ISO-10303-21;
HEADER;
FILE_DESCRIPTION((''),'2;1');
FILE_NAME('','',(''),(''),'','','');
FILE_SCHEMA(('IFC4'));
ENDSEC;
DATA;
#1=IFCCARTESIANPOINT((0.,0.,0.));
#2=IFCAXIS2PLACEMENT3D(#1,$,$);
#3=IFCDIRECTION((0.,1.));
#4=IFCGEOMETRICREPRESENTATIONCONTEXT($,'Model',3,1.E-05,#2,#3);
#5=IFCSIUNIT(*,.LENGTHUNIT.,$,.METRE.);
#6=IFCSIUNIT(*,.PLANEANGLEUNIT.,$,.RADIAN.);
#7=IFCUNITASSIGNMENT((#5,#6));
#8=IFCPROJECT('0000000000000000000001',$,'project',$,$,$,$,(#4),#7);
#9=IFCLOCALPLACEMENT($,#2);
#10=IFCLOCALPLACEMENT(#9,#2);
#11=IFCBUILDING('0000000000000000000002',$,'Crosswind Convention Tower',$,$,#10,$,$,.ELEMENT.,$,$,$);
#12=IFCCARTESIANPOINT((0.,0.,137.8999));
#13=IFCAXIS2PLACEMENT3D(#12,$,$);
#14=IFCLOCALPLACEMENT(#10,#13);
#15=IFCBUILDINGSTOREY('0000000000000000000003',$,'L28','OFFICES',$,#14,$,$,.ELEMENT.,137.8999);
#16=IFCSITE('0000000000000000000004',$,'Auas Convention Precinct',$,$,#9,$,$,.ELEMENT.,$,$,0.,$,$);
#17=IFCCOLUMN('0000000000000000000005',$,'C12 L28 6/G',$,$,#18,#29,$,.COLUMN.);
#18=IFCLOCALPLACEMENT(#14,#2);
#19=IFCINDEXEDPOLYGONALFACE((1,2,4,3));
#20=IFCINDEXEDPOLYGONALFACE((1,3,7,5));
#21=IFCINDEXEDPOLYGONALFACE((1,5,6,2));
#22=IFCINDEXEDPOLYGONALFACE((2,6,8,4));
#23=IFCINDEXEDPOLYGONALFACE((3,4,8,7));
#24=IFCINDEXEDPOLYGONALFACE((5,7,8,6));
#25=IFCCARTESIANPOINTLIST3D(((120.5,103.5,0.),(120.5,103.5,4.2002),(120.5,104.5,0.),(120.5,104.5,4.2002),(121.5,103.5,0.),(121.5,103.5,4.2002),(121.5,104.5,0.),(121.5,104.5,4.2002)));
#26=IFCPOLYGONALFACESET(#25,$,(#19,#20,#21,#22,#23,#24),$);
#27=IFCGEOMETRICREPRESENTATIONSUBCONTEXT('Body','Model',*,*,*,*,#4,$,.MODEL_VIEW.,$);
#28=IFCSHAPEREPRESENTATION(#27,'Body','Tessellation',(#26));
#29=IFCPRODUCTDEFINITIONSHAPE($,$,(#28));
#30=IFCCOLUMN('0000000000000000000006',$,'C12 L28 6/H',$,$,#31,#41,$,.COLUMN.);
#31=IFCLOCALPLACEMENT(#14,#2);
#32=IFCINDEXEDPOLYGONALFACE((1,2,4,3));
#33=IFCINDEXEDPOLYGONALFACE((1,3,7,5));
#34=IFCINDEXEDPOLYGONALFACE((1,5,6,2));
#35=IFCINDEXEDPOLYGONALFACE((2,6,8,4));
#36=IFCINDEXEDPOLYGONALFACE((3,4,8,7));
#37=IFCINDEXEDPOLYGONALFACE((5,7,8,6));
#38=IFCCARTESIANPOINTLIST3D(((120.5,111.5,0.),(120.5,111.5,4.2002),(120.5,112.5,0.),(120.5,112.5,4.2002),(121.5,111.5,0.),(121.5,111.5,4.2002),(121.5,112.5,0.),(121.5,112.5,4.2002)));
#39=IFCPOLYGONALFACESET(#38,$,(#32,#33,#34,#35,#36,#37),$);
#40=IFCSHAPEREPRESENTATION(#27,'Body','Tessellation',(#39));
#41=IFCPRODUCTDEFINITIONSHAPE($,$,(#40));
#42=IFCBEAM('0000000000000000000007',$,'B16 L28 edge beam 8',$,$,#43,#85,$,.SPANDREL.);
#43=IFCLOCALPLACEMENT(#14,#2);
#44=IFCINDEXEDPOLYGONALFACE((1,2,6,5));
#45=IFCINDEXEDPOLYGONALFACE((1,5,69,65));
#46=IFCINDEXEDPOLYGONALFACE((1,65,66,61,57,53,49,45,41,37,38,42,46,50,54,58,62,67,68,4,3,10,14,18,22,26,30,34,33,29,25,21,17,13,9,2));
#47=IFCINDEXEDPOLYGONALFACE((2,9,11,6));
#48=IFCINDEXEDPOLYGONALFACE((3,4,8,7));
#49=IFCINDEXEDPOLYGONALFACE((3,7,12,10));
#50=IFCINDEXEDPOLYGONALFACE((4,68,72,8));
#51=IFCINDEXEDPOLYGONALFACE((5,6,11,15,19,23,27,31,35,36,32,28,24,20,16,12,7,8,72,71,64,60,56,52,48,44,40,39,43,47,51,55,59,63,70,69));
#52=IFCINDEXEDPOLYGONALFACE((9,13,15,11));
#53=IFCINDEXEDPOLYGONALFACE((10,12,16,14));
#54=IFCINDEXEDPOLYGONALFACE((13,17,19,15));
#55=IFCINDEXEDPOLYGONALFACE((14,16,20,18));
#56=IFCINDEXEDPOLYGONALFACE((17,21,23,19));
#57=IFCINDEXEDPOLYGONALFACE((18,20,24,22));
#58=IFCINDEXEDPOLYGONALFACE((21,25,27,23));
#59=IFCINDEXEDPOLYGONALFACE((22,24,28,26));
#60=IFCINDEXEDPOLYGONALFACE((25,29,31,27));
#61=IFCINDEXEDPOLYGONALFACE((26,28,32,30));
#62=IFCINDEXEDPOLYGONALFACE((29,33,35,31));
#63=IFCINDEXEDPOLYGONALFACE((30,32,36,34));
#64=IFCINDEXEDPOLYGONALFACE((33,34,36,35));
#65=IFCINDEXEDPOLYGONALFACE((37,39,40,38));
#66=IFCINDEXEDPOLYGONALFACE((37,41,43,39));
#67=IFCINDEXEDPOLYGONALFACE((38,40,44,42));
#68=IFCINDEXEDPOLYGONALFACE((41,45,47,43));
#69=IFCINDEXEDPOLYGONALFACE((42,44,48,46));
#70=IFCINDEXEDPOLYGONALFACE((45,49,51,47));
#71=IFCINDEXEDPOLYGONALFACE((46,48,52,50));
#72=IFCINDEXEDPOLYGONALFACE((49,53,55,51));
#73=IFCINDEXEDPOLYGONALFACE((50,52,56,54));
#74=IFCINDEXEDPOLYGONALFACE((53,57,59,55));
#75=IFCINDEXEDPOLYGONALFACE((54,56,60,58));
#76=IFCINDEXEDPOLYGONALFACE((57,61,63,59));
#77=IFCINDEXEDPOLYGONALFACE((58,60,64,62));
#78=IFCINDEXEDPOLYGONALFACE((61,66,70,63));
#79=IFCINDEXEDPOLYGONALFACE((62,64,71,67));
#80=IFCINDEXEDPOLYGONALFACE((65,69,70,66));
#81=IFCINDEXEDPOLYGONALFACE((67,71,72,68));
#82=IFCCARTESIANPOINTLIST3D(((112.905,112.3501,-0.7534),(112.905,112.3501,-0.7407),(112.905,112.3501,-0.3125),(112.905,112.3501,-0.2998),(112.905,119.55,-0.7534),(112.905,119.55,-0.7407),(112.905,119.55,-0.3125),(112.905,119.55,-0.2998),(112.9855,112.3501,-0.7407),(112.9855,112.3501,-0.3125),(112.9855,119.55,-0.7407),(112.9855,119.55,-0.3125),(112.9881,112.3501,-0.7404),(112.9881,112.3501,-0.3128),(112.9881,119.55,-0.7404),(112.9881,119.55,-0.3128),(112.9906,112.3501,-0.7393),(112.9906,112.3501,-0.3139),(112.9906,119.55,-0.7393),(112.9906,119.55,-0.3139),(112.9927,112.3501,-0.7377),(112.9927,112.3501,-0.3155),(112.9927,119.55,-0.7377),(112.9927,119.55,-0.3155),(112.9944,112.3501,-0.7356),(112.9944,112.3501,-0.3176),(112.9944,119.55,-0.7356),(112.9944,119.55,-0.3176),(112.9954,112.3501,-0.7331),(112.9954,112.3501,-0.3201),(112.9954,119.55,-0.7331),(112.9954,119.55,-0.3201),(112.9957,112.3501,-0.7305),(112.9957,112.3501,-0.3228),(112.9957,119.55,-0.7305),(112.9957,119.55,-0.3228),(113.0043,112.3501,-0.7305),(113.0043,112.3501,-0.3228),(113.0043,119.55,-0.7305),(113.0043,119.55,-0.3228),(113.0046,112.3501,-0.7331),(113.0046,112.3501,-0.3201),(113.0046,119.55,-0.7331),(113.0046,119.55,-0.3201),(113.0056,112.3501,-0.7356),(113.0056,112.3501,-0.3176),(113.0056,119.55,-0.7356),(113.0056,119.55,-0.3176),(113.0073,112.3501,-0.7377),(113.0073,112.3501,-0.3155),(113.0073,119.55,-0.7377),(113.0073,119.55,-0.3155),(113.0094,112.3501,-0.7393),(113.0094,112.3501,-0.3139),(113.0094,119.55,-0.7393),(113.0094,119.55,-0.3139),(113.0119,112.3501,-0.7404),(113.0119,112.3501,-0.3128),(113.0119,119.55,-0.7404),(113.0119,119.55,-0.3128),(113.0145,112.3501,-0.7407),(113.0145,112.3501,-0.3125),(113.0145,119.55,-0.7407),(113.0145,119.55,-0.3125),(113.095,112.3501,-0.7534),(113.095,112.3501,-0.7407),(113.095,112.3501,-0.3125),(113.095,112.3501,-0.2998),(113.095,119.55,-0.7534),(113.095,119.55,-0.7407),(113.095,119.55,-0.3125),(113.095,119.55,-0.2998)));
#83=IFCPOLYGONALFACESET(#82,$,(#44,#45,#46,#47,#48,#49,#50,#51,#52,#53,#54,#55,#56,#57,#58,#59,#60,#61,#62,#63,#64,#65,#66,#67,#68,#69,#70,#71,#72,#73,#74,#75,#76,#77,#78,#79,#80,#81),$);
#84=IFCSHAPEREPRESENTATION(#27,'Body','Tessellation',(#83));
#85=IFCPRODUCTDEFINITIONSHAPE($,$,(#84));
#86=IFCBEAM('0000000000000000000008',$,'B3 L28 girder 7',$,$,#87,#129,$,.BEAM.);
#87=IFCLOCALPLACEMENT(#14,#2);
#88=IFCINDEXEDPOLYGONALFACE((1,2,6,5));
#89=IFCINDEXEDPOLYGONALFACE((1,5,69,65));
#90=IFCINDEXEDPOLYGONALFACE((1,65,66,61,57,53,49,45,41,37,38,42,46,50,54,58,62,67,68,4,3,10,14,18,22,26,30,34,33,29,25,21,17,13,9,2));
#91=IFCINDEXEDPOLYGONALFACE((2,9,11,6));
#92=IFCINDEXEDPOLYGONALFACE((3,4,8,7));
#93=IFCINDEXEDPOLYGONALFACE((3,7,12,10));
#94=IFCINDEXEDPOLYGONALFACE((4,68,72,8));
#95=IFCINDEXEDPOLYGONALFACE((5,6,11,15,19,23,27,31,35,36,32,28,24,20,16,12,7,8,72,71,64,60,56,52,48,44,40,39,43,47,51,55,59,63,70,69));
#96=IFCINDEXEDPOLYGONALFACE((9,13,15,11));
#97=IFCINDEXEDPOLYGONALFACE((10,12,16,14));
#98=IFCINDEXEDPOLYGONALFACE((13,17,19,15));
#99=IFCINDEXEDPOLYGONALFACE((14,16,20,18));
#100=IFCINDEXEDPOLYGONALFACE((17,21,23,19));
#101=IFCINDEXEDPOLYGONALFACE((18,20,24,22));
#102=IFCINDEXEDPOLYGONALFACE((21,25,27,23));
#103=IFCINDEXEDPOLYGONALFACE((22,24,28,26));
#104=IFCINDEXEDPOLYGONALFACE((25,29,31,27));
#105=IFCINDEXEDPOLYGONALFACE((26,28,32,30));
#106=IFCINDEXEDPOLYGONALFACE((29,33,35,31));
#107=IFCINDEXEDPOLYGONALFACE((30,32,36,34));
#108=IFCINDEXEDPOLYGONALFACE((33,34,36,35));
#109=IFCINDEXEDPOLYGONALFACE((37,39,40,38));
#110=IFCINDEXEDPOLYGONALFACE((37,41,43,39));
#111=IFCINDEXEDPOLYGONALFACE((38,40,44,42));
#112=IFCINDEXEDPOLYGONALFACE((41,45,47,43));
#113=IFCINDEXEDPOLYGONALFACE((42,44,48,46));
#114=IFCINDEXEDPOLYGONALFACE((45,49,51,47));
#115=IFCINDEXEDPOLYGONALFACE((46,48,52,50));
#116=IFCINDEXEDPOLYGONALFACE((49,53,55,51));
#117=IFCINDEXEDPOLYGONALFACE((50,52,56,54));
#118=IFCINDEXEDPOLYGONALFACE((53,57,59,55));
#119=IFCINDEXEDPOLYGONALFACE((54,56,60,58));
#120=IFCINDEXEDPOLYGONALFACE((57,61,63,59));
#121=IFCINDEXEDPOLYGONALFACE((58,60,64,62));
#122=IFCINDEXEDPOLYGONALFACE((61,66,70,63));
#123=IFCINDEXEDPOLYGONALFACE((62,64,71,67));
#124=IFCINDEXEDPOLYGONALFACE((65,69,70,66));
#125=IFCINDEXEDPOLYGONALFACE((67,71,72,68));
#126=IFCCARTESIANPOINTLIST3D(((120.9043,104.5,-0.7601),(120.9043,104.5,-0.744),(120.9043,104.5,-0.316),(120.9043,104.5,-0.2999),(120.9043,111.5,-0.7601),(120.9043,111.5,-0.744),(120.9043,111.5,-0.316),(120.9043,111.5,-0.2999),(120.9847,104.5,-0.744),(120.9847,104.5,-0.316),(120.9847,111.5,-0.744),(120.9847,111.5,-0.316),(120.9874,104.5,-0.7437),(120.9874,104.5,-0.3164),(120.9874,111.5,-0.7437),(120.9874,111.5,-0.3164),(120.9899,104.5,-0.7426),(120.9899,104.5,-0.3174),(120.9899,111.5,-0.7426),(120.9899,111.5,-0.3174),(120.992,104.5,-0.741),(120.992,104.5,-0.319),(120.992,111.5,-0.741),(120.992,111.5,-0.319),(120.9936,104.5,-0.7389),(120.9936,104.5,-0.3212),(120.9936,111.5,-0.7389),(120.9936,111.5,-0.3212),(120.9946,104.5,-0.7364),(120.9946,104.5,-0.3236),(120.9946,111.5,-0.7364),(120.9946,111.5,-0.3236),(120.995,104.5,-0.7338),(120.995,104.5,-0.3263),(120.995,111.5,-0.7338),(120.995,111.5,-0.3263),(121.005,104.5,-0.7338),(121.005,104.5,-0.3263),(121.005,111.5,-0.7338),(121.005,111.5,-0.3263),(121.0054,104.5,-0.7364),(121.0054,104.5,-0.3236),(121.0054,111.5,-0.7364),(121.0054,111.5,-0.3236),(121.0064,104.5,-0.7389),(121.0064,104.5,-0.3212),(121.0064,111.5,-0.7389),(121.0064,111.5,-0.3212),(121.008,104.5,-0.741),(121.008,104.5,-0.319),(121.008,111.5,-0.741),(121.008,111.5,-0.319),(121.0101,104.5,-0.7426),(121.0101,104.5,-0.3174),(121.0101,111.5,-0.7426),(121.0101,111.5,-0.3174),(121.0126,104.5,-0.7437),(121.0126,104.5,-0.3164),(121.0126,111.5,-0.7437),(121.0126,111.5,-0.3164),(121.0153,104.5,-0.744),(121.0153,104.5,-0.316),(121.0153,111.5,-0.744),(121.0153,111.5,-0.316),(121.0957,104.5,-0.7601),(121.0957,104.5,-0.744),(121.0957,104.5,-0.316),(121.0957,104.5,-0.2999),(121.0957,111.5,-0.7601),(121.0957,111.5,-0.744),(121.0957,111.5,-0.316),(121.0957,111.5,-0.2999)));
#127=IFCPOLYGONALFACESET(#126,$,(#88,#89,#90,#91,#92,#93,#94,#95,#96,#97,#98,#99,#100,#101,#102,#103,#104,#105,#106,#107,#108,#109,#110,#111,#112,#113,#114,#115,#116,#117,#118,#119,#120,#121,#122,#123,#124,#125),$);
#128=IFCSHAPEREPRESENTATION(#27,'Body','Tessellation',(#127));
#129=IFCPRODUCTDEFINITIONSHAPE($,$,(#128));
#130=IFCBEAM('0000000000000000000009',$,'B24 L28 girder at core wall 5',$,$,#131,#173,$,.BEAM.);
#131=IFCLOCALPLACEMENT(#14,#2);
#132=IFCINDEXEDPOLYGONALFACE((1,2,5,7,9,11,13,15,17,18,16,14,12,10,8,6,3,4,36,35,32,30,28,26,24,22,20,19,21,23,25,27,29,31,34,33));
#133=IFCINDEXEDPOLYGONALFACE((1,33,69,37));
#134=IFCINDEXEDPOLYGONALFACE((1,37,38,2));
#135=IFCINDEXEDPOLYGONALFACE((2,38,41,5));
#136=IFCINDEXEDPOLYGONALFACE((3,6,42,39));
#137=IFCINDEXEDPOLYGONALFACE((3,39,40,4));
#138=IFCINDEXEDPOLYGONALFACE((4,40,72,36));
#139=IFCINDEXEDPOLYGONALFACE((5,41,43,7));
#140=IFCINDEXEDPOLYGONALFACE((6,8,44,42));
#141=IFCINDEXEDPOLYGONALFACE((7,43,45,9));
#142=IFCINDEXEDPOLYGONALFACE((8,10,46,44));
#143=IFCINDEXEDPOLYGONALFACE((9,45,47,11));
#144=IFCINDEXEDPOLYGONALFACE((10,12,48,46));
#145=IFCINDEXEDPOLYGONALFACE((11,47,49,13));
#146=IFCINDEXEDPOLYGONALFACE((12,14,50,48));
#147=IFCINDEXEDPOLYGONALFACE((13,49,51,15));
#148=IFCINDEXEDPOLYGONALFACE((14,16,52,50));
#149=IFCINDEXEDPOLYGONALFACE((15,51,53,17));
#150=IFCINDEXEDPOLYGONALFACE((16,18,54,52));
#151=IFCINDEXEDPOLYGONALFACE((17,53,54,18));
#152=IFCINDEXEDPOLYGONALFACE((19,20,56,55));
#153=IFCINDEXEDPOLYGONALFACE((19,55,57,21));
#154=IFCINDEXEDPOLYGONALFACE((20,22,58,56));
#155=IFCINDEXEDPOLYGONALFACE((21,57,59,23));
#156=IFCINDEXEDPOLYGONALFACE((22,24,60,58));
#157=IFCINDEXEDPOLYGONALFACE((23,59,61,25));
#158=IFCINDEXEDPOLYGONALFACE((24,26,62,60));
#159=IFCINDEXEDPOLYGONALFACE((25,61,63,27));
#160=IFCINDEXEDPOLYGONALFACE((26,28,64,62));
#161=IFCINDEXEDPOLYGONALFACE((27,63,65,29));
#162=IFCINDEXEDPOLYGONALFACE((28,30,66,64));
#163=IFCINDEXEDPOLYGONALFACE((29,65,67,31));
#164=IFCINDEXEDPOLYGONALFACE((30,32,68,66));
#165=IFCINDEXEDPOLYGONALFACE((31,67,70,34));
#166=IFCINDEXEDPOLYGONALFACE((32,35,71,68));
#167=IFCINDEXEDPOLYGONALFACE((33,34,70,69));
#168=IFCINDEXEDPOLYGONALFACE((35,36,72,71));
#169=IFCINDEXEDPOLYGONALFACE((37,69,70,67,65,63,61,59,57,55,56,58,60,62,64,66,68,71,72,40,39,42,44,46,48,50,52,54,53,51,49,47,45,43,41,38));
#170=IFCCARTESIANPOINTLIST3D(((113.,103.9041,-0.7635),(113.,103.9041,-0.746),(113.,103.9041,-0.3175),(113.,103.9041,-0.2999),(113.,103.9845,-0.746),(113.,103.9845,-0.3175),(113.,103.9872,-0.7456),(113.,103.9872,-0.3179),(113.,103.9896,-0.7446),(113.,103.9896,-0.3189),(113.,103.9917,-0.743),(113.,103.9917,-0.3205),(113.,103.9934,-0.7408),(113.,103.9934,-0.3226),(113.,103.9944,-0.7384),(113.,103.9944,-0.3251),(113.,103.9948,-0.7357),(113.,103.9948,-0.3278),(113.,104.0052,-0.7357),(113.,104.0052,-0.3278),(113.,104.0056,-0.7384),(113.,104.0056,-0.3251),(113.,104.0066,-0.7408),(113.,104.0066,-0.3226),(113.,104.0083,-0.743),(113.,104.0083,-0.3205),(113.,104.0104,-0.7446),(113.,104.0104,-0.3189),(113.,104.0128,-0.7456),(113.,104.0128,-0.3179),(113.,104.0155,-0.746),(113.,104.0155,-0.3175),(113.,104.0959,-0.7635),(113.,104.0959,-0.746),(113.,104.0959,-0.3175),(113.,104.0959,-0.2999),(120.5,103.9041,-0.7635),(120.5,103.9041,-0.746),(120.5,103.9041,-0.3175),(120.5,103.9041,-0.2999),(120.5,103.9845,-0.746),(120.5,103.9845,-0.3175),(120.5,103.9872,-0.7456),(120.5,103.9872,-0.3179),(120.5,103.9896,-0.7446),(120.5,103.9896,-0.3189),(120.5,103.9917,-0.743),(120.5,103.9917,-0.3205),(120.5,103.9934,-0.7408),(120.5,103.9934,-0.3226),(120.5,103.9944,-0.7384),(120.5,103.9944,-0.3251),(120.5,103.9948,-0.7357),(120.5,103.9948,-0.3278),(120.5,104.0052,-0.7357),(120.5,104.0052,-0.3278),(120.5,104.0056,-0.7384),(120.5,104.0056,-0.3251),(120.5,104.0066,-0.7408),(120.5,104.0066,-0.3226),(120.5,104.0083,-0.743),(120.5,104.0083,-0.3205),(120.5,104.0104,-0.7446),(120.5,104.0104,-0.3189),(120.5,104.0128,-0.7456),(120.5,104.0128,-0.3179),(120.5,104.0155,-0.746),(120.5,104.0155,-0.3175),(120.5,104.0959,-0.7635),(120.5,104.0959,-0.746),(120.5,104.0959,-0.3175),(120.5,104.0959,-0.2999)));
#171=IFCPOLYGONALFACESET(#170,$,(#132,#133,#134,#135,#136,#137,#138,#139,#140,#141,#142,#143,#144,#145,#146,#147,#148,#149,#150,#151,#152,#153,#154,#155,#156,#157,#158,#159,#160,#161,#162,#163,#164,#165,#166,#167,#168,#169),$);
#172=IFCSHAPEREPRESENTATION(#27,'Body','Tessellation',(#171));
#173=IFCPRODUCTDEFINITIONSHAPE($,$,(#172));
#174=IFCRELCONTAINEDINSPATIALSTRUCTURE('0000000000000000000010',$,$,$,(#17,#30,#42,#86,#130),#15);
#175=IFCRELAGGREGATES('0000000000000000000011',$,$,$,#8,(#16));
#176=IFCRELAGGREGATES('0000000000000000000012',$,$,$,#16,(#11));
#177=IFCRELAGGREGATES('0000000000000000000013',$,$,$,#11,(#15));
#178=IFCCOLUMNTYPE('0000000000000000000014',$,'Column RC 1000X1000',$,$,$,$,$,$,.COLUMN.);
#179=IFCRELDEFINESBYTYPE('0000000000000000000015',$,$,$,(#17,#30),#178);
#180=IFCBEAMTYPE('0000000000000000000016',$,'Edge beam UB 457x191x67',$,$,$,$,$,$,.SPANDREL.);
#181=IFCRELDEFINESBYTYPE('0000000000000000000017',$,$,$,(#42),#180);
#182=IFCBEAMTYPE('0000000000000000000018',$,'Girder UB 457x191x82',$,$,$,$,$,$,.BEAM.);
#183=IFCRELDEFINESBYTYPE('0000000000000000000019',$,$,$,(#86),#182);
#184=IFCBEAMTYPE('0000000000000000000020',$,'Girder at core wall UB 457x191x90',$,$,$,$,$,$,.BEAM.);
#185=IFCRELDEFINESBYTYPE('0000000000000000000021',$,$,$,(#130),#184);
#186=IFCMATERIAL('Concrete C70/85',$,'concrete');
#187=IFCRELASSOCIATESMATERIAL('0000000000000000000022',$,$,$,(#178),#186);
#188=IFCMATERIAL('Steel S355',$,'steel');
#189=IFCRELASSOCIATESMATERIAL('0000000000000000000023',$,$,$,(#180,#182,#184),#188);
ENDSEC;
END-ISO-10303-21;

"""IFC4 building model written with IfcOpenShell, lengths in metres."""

from ifc_helpers import new_model, si_unit, direction, frame, origin, origin_2d, place, context, subcontext, project, spatial, rectangle, i_section, extrude, material, material_profile, profile_set, type_object, element, save


model = new_model("IFC4")

# Units and contexts
model_context = context("Model", 3, precision=1e-05, world=origin(), true_north=direction((0.0, 1.0)))
body_context = subcontext(model_context, "Body", "Model", "MODEL_VIEW")
ifc_project = project(units=[si_unit("LENGTHUNIT", "METRE"), si_unit("PLANEANGLEUNIT", "RADIAN")], contexts=[model_context])

# Site, building, storey
site_placement = place(None, origin())
site = spatial("IfcSite", under=ifc_project, at=site_placement, Name="Auas Convention Precinct", CompositionType="ELEMENT", RefElevation=0.0)
building_placement = place(site_placement, origin())
building = spatial("IfcBuilding", under=site, at=building_placement, Name="Crosswind Convention Tower", CompositionType="ELEMENT")
storey_placement = place(building_placement, frame((0.0, 0.0, 137.8999)))
storey = spatial("IfcBuildingStorey", under=building, at=storey_placement, Name="L28", Description="OFFICES", CompositionType="ELEMENT", Elevation=137.8999)

# Columns
ifc_material_1 = material(Name="Concrete C70/85", Category="concrete")
ifc_material_profile_1 = material_profile(ifc_material_1, rectangle(XDim=1.0, YDim=1.0, at=origin_2d()), Name="RC 1000X1000")
ifc_profile_set_1 = profile_set([ifc_material_profile_1], Name="Concrete C70/85")
column_type = type_object("IfcColumnType", Name="Column RC 1000X1000", PredefinedType="COLUMN", material=ifc_profile_set_1)
for number, where, z_axis, x_axis, name in (
    (1, (121.0, 104.0, 0.0), (0.0, 0.0, 1.0), (1.0, 0.0, 0.0), "C12 L28 6/G"),
    (2, (121.0, 112.0, 0.0), (0.0, 0.0, 1.0), (1.0, 0.0, 0.0), "C12 L28 6/H"),
):
    element("IfcColumn", number, at=place(storey_placement, frame(where, z_axis=z_axis, x_axis=x_axis)), inside=storey, type_object=column_type, Name=name, PredefinedType="COLUMN", context=body_context, shape_type="SweptSolid", body=[
        extrude(rectangle(XDim=1.0, YDim=1.0, at=origin_2d()), origin(), (0.0, 0.0, 1.0), 4.2002),
    ])

# Beams
ifc_material_2 = material(Name="Steel S355", Category="steel")
ifc_material_profile_2 = material_profile(ifc_material_2, i_section(OverallWidth=0.1899, OverallDepth=0.4536, WebThickness=0.0085, FlangeThickness=0.0127, FilletRadius=0.0103, at=origin_2d()), Name="UB 457x191x67")
ifc_profile_set_2 = profile_set([ifc_material_profile_2], Name="Steel S355")
beam_type_1 = type_object("IfcBeamType", Name="Edge beam UB 457x191x67", PredefinedType="SPANDREL", material=ifc_profile_set_2)
beam_1_placement = place(storey_placement, frame((113.0, 112.3501, -0.5266), z_axis=(0.0, 1.0, 0.0), x_axis=(-1.0, 0.0, 0.0)))
element("IfcBeam", 3, at=beam_1_placement, inside=storey, type_object=beam_type_1, Name="B16 L28 edge beam 8", PredefinedType="SPANDREL", context=body_context, shape_type="SweptSolid", body=[
    extrude(i_section(OverallWidth=0.1899, OverallDepth=0.4536, WebThickness=0.0085, FlangeThickness=0.0127, FilletRadius=0.0103, at=origin_2d()), origin(), (0.0, 0.0, 1.0), 7.2),
])
ifc_material_profile_3 = material_profile(ifc_material_2, i_section(OverallWidth=0.1914, OverallDepth=0.4602, WebThickness=0.01, FlangeThickness=0.0161, FilletRadius=0.0103, at=origin_2d()), Name="UB 457x191x82")
ifc_profile_set_3 = profile_set([ifc_material_profile_3], Name="Steel S355")
beam_type_2 = type_object("IfcBeamType", Name="Girder UB 457x191x82", PredefinedType="BEAM", material=ifc_profile_set_3)
beam_2_placement = place(storey_placement, frame((121.0, 104.5, -0.53), z_axis=(0.0, 1.0, 0.0), x_axis=(-1.0, 0.0, 0.0)))
element("IfcBeam", 4, at=beam_2_placement, inside=storey, type_object=beam_type_2, Name="B3 L28 girder 7", PredefinedType="BEAM", context=body_context, shape_type="SweptSolid", body=[
    extrude(i_section(OverallWidth=0.1914, OverallDepth=0.4602, WebThickness=0.01, FlangeThickness=0.0161, FilletRadius=0.0103, at=origin_2d()), origin(), (0.0, 0.0, 1.0), 7.0),
])
ifc_material_profile_4 = material_profile(ifc_material_2, i_section(OverallWidth=0.1919, OverallDepth=0.4636, WebThickness=0.0105, FlangeThickness=0.0176, FilletRadius=0.0103, at=origin_2d()), Name="UB 457x191x90")
ifc_profile_set_4 = profile_set([ifc_material_profile_4], Name="Steel S355")
beam_type_3 = type_object("IfcBeamType", Name="Girder at core wall UB 457x191x90", PredefinedType="BEAM", material=ifc_profile_set_4)
for number, where, z_axis, x_axis, name in (
    (5, (113.0, 104.0, -0.5317), (1.0, 0.0, 0.0), (0.0, 1.0, 0.0), "B24 L28 girder at core wall 5"),
):
    element("IfcBeam", number, at=place(storey_placement, frame(where, z_axis=z_axis, x_axis=x_axis)), inside=storey, type_object=beam_type_3, Name=name, PredefinedType="BEAM", context=body_context, shape_type="SweptSolid", body=[
        extrude(i_section(OverallWidth=0.1919, OverallDepth=0.4636, WebThickness=0.0105, FlangeThickness=0.0176, FilletRadius=0.0103, at=origin_2d()), origin(), (0.0, 0.0, 1.0), 7.5),
    ])

save(model, "model.ifc")
